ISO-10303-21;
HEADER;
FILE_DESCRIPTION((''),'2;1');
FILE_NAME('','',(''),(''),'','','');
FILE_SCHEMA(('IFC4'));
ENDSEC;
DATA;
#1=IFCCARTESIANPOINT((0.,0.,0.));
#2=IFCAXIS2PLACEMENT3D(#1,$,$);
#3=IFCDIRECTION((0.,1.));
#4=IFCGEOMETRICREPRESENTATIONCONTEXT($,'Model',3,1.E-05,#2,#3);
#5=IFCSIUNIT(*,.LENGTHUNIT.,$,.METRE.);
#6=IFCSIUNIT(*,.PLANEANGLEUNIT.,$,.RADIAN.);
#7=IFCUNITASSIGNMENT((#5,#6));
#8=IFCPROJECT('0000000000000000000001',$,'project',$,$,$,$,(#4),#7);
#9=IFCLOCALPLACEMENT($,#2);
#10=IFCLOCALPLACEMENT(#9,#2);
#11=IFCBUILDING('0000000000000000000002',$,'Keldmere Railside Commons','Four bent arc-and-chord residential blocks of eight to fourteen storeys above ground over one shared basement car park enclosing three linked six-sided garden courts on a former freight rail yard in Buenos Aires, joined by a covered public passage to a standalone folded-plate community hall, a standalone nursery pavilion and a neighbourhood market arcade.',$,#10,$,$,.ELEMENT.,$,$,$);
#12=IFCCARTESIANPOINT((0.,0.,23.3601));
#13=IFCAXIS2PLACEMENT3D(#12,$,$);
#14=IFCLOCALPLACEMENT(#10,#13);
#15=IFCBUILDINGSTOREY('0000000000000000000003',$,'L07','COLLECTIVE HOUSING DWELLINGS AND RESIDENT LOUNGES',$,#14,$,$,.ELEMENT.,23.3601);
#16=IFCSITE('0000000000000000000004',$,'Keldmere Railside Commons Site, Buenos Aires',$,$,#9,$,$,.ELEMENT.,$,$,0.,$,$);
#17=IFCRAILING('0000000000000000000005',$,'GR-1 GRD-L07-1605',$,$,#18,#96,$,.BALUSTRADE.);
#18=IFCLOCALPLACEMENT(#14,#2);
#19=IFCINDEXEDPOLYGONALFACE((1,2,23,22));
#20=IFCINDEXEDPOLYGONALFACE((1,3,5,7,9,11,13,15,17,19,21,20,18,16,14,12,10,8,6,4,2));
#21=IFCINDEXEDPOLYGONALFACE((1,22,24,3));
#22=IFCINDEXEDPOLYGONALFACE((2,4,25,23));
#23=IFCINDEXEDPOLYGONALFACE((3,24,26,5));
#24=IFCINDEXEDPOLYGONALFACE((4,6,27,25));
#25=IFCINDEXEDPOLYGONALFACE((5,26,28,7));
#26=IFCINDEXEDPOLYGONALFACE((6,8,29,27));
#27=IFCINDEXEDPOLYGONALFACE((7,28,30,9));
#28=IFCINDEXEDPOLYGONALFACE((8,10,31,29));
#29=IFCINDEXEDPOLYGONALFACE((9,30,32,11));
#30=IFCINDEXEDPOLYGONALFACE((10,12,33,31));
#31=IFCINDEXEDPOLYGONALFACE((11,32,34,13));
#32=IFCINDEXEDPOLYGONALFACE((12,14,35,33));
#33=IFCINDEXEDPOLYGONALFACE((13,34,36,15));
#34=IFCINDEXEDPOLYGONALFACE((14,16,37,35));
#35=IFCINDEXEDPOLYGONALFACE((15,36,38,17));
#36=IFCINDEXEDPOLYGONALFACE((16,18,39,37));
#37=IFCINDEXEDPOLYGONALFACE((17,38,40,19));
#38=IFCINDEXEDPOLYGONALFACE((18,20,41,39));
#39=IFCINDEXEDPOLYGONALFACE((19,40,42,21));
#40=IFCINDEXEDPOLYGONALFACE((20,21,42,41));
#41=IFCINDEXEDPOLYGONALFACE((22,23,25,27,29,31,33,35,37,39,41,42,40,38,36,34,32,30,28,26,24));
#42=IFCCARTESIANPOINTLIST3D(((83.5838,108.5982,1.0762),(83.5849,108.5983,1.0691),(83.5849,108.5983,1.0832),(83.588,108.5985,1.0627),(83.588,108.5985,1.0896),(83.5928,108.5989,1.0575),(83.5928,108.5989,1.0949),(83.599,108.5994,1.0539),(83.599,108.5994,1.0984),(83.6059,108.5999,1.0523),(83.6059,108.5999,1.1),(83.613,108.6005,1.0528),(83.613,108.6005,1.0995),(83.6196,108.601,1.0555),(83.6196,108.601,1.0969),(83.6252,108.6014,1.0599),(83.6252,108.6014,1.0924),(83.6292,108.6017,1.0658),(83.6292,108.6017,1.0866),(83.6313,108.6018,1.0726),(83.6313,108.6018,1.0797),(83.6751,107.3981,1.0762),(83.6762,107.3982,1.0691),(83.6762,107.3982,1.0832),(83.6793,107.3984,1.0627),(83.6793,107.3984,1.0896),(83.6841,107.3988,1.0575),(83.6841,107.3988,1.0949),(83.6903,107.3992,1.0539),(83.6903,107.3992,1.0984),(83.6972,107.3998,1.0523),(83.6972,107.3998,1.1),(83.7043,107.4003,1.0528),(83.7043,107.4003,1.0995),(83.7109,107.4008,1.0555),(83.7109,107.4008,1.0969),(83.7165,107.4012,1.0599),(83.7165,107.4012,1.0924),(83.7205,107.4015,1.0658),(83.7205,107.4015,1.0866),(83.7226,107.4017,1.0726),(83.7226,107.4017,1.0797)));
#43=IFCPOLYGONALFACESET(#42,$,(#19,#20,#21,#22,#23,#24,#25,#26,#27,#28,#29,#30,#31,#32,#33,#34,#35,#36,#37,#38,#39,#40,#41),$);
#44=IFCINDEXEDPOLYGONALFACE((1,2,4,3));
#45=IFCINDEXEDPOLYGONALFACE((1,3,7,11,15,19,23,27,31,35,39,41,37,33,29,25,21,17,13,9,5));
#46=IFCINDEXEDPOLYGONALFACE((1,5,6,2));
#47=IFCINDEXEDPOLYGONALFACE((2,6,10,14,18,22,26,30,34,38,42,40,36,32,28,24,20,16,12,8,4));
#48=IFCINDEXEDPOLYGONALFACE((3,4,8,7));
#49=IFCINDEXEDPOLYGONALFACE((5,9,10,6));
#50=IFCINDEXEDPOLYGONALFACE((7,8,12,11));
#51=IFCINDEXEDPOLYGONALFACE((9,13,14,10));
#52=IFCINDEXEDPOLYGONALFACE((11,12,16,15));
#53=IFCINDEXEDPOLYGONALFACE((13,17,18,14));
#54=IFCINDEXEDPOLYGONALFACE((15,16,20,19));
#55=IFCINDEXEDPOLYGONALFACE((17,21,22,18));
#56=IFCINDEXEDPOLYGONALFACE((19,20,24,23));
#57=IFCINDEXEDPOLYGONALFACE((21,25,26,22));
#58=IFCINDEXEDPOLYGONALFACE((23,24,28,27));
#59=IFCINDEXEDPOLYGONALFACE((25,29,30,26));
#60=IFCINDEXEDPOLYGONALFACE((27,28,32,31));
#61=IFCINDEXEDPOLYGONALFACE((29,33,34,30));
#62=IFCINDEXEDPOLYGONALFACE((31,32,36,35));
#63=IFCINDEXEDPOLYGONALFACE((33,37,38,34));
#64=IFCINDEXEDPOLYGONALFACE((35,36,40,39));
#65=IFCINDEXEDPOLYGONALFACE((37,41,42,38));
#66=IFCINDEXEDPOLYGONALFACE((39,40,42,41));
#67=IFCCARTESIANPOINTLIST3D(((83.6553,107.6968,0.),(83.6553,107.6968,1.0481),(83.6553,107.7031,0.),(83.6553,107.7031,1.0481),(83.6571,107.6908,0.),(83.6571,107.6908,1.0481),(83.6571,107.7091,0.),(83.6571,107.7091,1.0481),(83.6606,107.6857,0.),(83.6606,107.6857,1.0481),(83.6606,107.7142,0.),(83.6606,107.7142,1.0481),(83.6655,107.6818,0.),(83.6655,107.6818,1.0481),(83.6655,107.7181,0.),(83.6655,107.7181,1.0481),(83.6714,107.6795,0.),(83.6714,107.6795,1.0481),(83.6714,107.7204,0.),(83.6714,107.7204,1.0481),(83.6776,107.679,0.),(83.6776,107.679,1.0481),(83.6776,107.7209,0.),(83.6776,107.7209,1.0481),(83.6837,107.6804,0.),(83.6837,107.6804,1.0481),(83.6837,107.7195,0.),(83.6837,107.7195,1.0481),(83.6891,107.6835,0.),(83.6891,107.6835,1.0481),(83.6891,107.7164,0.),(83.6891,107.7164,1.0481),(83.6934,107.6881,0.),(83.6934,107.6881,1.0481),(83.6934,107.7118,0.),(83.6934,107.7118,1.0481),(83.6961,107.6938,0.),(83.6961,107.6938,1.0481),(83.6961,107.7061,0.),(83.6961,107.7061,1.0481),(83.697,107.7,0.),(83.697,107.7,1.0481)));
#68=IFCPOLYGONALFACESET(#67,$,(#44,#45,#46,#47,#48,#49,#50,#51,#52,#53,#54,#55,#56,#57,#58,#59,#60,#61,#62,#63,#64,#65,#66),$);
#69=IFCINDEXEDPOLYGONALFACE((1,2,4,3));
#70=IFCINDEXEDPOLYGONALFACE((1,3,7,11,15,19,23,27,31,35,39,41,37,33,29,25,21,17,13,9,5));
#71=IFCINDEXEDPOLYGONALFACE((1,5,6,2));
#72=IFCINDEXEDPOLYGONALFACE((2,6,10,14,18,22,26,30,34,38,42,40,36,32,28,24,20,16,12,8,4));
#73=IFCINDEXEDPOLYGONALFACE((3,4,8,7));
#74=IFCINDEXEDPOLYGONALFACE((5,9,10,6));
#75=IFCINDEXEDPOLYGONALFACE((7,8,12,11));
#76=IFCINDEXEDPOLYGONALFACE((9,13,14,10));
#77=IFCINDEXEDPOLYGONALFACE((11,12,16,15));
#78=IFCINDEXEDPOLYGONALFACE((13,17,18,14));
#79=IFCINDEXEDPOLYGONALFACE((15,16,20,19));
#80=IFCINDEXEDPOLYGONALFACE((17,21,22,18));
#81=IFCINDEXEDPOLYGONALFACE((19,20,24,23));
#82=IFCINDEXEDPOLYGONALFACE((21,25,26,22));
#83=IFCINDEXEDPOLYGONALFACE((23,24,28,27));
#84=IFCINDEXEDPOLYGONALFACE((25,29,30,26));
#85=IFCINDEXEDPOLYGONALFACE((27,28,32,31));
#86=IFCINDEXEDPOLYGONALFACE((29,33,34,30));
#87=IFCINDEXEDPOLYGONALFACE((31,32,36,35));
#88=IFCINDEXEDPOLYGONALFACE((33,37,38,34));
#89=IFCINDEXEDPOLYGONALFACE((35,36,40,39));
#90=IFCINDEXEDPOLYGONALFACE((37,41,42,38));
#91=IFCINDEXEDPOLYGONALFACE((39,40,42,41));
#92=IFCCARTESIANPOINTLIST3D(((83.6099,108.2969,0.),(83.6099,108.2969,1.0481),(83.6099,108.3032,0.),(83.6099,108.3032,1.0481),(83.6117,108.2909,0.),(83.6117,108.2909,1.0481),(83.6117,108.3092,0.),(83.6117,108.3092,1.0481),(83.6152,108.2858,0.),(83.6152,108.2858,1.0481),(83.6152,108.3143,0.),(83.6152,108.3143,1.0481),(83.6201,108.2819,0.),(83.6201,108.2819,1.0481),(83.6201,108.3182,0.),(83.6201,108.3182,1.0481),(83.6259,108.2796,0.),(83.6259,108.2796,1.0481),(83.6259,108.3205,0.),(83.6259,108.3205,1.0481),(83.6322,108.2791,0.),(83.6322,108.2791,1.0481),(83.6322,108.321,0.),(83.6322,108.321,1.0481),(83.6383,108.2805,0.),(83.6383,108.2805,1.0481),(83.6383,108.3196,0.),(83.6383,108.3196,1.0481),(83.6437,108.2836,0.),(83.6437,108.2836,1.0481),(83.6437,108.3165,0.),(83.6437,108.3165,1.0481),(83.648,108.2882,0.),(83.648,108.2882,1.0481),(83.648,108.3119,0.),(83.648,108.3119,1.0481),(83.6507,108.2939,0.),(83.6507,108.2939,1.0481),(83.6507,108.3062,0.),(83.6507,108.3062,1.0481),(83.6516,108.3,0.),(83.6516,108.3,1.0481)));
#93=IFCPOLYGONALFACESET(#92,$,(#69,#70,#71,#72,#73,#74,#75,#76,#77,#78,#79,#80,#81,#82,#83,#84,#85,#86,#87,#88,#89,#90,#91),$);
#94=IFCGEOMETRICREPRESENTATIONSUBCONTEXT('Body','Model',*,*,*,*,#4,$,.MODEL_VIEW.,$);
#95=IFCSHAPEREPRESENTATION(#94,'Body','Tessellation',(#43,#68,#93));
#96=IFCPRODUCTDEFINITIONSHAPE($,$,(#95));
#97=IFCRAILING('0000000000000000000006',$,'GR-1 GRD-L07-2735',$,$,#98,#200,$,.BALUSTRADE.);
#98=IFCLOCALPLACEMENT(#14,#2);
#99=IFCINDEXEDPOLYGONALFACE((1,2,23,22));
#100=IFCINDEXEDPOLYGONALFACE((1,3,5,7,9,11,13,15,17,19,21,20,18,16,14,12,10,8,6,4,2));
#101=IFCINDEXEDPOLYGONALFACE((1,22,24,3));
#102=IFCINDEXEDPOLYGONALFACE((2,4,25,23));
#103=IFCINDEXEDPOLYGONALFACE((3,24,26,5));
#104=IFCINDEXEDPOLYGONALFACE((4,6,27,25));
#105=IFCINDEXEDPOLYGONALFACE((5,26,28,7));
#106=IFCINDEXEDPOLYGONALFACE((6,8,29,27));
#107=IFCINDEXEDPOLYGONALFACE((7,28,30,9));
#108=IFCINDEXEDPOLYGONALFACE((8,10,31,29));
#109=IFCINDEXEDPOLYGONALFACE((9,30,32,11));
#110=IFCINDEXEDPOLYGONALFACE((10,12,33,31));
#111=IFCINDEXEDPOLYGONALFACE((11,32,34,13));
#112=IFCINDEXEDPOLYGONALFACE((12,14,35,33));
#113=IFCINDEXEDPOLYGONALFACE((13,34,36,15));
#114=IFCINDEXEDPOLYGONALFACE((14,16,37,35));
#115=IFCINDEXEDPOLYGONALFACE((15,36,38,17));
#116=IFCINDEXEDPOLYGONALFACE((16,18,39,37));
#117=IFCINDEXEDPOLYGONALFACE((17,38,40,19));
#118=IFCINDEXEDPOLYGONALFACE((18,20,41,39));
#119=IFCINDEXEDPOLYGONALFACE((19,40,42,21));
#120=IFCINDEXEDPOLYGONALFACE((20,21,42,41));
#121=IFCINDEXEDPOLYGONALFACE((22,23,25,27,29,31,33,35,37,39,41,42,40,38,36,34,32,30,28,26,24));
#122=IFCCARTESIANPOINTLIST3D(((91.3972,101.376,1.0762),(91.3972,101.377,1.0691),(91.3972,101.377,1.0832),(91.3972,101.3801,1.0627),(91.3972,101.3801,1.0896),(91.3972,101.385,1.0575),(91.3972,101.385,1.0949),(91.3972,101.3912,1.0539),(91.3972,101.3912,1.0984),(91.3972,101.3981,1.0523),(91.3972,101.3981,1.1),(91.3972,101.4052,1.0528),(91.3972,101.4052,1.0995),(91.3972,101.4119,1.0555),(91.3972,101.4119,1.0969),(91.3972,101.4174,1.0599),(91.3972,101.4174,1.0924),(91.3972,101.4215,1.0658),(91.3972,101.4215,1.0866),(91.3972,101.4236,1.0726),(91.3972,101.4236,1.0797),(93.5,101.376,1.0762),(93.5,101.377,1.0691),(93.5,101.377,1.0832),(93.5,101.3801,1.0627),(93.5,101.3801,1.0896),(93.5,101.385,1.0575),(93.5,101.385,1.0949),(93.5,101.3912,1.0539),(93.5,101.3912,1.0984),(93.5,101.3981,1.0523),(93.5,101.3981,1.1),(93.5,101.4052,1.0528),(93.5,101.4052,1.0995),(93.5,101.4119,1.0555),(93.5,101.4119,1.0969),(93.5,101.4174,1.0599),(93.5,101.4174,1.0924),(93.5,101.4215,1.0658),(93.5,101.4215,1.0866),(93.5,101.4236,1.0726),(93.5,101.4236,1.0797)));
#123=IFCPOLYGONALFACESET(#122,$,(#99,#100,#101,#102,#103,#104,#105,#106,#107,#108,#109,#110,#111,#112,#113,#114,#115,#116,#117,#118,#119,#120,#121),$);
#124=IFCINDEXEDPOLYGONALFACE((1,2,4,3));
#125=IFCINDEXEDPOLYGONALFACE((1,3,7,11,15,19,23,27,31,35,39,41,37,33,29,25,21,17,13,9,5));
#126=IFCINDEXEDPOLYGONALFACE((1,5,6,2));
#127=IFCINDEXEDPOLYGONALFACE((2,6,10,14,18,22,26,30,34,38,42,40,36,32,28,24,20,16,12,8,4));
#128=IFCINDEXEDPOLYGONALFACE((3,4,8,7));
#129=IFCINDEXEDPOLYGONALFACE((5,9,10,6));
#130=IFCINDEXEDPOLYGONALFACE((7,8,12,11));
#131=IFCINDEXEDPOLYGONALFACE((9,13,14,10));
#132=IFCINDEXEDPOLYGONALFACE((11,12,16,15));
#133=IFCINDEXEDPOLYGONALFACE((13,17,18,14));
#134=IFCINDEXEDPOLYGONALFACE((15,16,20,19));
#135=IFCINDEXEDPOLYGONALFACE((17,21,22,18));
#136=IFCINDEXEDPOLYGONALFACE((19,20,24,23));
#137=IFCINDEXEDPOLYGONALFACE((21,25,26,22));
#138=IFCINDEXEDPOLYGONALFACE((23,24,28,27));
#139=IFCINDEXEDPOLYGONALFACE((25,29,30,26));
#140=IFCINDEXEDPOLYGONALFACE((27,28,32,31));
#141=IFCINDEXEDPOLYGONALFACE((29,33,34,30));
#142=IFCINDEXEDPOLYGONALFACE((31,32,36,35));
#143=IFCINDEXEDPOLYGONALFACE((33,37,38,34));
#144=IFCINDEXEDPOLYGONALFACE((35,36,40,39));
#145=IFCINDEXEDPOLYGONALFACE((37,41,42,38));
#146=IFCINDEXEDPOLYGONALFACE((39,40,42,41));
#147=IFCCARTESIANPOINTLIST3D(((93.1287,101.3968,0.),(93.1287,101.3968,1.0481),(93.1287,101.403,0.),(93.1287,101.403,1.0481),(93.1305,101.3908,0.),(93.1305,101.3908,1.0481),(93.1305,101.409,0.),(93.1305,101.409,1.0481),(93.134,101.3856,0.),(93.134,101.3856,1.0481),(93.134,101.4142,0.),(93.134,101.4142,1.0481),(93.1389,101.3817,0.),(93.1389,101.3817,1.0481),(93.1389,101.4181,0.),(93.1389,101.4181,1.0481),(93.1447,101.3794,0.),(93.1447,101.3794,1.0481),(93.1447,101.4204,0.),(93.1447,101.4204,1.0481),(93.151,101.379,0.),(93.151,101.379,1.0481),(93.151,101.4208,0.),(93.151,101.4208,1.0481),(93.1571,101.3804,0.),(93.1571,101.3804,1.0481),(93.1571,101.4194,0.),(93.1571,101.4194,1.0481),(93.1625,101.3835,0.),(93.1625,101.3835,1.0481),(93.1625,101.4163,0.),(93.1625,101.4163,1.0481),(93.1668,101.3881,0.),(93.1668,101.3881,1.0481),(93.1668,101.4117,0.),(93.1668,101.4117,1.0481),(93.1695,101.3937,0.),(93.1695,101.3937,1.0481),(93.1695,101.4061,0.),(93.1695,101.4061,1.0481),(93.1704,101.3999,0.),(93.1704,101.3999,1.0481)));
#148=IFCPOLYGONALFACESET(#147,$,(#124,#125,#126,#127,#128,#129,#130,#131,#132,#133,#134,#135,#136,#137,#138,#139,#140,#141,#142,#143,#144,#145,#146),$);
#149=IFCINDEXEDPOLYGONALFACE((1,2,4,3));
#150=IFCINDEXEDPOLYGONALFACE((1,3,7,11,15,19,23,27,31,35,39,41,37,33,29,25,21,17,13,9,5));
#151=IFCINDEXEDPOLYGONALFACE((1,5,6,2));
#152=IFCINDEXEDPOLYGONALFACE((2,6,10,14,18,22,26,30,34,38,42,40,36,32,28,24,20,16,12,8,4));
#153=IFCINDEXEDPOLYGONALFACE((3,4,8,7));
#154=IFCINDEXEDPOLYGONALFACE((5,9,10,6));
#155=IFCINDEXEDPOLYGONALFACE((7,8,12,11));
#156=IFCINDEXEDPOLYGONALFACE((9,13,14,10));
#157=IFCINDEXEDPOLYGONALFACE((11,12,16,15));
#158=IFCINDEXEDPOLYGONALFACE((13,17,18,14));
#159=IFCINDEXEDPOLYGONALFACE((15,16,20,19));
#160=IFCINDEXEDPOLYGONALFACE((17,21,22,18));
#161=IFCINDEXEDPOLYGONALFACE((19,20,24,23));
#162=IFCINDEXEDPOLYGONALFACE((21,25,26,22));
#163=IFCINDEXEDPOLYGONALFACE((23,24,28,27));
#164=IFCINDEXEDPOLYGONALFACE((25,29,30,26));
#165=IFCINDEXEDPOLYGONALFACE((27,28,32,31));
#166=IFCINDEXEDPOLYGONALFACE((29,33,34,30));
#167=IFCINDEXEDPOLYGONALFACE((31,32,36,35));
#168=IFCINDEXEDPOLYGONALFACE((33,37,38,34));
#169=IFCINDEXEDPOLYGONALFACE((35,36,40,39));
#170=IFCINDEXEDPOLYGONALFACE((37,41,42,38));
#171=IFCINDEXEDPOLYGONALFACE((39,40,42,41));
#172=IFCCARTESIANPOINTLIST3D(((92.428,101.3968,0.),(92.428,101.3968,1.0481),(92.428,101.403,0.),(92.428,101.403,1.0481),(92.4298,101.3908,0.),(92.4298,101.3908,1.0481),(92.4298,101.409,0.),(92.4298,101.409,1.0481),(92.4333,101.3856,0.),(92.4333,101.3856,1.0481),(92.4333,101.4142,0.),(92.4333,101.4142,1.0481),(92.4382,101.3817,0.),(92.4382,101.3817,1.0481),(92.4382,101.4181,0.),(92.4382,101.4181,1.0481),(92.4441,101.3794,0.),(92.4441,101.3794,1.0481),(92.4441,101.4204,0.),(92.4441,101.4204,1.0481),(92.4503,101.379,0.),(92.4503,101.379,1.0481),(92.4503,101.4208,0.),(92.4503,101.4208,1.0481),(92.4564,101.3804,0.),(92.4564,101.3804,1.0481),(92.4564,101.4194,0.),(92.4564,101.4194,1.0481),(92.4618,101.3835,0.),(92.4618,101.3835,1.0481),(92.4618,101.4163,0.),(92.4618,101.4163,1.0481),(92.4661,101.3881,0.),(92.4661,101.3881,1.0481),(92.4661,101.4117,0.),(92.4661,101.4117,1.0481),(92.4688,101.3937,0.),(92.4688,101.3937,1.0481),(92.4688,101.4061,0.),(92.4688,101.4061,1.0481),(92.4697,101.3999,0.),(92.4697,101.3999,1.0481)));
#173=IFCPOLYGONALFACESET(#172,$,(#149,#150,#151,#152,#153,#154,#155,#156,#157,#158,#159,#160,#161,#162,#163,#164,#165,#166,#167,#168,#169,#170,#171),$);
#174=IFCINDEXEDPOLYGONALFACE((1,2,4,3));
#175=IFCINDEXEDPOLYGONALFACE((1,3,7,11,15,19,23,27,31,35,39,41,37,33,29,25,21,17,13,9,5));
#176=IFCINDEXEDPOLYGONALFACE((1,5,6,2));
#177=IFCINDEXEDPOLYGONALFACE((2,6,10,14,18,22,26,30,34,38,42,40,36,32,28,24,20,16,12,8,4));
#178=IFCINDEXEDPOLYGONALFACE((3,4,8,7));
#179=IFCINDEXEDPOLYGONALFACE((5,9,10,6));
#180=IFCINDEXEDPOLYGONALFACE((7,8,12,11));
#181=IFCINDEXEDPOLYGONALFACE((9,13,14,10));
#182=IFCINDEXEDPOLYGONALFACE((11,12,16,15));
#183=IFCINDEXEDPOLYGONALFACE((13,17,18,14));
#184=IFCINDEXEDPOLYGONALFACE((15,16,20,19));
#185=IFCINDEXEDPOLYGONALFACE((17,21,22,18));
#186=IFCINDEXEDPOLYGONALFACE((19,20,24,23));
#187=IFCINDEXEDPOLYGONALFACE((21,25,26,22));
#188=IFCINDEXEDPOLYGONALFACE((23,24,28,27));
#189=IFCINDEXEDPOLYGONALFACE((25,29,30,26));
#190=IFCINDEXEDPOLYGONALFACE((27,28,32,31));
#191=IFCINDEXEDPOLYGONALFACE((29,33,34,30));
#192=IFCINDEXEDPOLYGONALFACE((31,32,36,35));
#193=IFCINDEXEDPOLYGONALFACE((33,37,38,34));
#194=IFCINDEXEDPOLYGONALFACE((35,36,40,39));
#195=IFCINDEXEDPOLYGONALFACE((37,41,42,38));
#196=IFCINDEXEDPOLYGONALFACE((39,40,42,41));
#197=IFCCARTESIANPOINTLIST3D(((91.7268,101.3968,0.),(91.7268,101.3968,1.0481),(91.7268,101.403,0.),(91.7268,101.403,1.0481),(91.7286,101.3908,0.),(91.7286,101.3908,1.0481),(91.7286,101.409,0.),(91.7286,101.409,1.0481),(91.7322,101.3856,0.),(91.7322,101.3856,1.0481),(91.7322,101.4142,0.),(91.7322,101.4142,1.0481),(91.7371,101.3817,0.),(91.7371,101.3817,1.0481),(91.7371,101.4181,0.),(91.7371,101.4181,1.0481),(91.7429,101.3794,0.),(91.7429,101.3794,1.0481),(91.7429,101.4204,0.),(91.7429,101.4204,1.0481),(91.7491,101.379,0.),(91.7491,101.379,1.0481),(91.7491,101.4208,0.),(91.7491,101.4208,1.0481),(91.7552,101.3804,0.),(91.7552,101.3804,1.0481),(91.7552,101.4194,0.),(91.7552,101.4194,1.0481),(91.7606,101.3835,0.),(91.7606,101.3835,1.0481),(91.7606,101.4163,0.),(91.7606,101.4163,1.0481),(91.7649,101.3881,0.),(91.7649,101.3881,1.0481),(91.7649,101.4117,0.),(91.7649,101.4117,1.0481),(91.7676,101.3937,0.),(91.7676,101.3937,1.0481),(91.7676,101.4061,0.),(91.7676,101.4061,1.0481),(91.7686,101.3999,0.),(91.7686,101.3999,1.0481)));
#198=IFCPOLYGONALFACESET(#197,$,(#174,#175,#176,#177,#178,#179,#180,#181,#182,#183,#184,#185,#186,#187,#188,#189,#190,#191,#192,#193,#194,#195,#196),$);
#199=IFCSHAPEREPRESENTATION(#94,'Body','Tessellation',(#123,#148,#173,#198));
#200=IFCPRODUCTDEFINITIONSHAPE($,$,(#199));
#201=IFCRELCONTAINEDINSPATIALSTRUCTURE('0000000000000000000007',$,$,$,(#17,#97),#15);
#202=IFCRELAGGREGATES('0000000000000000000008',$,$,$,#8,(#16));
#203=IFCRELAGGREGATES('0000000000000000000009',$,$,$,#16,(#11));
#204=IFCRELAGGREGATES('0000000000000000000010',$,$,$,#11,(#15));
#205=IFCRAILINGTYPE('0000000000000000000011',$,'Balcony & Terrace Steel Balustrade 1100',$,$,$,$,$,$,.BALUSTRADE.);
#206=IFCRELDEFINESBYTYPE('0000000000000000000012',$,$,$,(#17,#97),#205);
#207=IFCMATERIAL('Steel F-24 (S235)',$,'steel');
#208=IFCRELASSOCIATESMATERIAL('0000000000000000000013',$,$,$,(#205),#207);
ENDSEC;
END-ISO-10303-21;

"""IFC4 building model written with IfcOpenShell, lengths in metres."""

from ifc_helpers import new_model, si_unit, direction, frame, origin, origin_2d, place, context, subcontext, project, spatial, circle, extrude, material, type_object, element, save


model = new_model("IFC4")

# Units and contexts
model_context = context("Model", 3, precision=1e-05, world=origin(), true_north=direction((0.0, 1.0)))
body_context = subcontext(model_context, "Body", "Model", "MODEL_VIEW")
ifc_project = project(units=[si_unit("LENGTHUNIT", "METRE"), si_unit("PLANEANGLEUNIT", "RADIAN")], contexts=[model_context])

# Site, building, storey
site_placement = place(None, origin())
site = spatial("IfcSite", under=ifc_project, at=site_placement, Name="Keldmere Railside Commons Site, Buenos Aires", CompositionType="ELEMENT", RefElevation=0.0)
building_placement = place(site_placement, origin())
building = spatial("IfcBuilding", under=site, at=building_placement, Name="Keldmere Railside Commons", Description="Four bent arc-and-chord residential blocks of eight to fourteen storeys above ground over one shared basement car park enclosing three linked six-sided garden courts on a former freight rail yard in Buenos Aires, joined by a covered public passage to a standalone folded-plate community hall, a standalone nursery pavilion and a neighbourhood market arcade.", CompositionType="ELEMENT")
storey_placement = place(building_placement, frame((0.0, 0.0, 23.3601)))
storey = spatial("IfcBuildingStorey", under=building, at=storey_placement, Name="L07", Description="COLLECTIVE HOUSING DWELLINGS AND RESIDENT LOUNGES", CompositionType="ELEMENT", Elevation=23.3601)

# Railings
ifc_material_1 = material(Name="Steel F-24 (S235)", Category="steel")
railing_type = type_object("IfcRailingType", Name="Balcony & Terrace Steel Balustrade 1100", PredefinedType="BALUSTRADE", material=ifc_material_1)
railing_1_placement = place(storey_placement, frame((83.699, 107.3999, 0.0)))
element("IfcRailing", 1, at=railing_1_placement, inside=storey, type_object=railing_type, Name="GR-1 GRD-L07-1605", PredefinedType="BALUSTRADE", context=body_context, shape_type="SweptSolid", body=[
    extrude(circle(Radius=0.0239, at=origin_2d()), frame((0.0, 0.0, 1.0762), z_axis=(-0.075859, 0.997119, 0.0), x_axis=(-0.997119, -0.075859, 0.0)), (0.0, 0.0, 1.0), 1.2036),
    extrude(circle(Radius=0.021, at=origin_2d()), frame((-0.0229, 0.3, 0.0)), (0.0, 0.0, 1.0), 1.0481),
    extrude(circle(Radius=0.021, at=origin_2d()), frame((-0.0684, 0.9001, 0.0)), (0.0, 0.0, 1.0), 1.0481),
])
railing_2_placement = place(storey_placement, frame((93.5, 101.3999, 0.0)))
element("IfcRailing", 2, at=railing_2_placement, inside=storey, type_object=railing_type, Name="GR-1 GRD-L07-2735", PredefinedType="BALUSTRADE", context=body_context, shape_type="SweptSolid", body=[
    extrude(circle(Radius=0.0239, at=origin_2d()), frame((0.0, 0.0, 1.0762), z_axis=(-1.0, 0.0, 0.0), x_axis=(0.0, -1.0, 0.0)), (0.0, 0.0, 1.0), 2.1028),
    extrude(circle(Radius=0.021, at=origin_2d()), frame((-0.3506, 0.0, 0.0)), (0.0, 0.0, 1.0), 1.0481),
    extrude(circle(Radius=0.021, at=origin_2d()), frame((-1.0513, 0.0, 0.0)), (0.0, 0.0, 1.0), 1.0481),
    extrude(circle(Radius=0.021, at=origin_2d()), frame((-1.7524, 0.0, 0.0)), (0.0, 0.0, 1.0), 1.0481),
])

save(model, "model.ifc")
